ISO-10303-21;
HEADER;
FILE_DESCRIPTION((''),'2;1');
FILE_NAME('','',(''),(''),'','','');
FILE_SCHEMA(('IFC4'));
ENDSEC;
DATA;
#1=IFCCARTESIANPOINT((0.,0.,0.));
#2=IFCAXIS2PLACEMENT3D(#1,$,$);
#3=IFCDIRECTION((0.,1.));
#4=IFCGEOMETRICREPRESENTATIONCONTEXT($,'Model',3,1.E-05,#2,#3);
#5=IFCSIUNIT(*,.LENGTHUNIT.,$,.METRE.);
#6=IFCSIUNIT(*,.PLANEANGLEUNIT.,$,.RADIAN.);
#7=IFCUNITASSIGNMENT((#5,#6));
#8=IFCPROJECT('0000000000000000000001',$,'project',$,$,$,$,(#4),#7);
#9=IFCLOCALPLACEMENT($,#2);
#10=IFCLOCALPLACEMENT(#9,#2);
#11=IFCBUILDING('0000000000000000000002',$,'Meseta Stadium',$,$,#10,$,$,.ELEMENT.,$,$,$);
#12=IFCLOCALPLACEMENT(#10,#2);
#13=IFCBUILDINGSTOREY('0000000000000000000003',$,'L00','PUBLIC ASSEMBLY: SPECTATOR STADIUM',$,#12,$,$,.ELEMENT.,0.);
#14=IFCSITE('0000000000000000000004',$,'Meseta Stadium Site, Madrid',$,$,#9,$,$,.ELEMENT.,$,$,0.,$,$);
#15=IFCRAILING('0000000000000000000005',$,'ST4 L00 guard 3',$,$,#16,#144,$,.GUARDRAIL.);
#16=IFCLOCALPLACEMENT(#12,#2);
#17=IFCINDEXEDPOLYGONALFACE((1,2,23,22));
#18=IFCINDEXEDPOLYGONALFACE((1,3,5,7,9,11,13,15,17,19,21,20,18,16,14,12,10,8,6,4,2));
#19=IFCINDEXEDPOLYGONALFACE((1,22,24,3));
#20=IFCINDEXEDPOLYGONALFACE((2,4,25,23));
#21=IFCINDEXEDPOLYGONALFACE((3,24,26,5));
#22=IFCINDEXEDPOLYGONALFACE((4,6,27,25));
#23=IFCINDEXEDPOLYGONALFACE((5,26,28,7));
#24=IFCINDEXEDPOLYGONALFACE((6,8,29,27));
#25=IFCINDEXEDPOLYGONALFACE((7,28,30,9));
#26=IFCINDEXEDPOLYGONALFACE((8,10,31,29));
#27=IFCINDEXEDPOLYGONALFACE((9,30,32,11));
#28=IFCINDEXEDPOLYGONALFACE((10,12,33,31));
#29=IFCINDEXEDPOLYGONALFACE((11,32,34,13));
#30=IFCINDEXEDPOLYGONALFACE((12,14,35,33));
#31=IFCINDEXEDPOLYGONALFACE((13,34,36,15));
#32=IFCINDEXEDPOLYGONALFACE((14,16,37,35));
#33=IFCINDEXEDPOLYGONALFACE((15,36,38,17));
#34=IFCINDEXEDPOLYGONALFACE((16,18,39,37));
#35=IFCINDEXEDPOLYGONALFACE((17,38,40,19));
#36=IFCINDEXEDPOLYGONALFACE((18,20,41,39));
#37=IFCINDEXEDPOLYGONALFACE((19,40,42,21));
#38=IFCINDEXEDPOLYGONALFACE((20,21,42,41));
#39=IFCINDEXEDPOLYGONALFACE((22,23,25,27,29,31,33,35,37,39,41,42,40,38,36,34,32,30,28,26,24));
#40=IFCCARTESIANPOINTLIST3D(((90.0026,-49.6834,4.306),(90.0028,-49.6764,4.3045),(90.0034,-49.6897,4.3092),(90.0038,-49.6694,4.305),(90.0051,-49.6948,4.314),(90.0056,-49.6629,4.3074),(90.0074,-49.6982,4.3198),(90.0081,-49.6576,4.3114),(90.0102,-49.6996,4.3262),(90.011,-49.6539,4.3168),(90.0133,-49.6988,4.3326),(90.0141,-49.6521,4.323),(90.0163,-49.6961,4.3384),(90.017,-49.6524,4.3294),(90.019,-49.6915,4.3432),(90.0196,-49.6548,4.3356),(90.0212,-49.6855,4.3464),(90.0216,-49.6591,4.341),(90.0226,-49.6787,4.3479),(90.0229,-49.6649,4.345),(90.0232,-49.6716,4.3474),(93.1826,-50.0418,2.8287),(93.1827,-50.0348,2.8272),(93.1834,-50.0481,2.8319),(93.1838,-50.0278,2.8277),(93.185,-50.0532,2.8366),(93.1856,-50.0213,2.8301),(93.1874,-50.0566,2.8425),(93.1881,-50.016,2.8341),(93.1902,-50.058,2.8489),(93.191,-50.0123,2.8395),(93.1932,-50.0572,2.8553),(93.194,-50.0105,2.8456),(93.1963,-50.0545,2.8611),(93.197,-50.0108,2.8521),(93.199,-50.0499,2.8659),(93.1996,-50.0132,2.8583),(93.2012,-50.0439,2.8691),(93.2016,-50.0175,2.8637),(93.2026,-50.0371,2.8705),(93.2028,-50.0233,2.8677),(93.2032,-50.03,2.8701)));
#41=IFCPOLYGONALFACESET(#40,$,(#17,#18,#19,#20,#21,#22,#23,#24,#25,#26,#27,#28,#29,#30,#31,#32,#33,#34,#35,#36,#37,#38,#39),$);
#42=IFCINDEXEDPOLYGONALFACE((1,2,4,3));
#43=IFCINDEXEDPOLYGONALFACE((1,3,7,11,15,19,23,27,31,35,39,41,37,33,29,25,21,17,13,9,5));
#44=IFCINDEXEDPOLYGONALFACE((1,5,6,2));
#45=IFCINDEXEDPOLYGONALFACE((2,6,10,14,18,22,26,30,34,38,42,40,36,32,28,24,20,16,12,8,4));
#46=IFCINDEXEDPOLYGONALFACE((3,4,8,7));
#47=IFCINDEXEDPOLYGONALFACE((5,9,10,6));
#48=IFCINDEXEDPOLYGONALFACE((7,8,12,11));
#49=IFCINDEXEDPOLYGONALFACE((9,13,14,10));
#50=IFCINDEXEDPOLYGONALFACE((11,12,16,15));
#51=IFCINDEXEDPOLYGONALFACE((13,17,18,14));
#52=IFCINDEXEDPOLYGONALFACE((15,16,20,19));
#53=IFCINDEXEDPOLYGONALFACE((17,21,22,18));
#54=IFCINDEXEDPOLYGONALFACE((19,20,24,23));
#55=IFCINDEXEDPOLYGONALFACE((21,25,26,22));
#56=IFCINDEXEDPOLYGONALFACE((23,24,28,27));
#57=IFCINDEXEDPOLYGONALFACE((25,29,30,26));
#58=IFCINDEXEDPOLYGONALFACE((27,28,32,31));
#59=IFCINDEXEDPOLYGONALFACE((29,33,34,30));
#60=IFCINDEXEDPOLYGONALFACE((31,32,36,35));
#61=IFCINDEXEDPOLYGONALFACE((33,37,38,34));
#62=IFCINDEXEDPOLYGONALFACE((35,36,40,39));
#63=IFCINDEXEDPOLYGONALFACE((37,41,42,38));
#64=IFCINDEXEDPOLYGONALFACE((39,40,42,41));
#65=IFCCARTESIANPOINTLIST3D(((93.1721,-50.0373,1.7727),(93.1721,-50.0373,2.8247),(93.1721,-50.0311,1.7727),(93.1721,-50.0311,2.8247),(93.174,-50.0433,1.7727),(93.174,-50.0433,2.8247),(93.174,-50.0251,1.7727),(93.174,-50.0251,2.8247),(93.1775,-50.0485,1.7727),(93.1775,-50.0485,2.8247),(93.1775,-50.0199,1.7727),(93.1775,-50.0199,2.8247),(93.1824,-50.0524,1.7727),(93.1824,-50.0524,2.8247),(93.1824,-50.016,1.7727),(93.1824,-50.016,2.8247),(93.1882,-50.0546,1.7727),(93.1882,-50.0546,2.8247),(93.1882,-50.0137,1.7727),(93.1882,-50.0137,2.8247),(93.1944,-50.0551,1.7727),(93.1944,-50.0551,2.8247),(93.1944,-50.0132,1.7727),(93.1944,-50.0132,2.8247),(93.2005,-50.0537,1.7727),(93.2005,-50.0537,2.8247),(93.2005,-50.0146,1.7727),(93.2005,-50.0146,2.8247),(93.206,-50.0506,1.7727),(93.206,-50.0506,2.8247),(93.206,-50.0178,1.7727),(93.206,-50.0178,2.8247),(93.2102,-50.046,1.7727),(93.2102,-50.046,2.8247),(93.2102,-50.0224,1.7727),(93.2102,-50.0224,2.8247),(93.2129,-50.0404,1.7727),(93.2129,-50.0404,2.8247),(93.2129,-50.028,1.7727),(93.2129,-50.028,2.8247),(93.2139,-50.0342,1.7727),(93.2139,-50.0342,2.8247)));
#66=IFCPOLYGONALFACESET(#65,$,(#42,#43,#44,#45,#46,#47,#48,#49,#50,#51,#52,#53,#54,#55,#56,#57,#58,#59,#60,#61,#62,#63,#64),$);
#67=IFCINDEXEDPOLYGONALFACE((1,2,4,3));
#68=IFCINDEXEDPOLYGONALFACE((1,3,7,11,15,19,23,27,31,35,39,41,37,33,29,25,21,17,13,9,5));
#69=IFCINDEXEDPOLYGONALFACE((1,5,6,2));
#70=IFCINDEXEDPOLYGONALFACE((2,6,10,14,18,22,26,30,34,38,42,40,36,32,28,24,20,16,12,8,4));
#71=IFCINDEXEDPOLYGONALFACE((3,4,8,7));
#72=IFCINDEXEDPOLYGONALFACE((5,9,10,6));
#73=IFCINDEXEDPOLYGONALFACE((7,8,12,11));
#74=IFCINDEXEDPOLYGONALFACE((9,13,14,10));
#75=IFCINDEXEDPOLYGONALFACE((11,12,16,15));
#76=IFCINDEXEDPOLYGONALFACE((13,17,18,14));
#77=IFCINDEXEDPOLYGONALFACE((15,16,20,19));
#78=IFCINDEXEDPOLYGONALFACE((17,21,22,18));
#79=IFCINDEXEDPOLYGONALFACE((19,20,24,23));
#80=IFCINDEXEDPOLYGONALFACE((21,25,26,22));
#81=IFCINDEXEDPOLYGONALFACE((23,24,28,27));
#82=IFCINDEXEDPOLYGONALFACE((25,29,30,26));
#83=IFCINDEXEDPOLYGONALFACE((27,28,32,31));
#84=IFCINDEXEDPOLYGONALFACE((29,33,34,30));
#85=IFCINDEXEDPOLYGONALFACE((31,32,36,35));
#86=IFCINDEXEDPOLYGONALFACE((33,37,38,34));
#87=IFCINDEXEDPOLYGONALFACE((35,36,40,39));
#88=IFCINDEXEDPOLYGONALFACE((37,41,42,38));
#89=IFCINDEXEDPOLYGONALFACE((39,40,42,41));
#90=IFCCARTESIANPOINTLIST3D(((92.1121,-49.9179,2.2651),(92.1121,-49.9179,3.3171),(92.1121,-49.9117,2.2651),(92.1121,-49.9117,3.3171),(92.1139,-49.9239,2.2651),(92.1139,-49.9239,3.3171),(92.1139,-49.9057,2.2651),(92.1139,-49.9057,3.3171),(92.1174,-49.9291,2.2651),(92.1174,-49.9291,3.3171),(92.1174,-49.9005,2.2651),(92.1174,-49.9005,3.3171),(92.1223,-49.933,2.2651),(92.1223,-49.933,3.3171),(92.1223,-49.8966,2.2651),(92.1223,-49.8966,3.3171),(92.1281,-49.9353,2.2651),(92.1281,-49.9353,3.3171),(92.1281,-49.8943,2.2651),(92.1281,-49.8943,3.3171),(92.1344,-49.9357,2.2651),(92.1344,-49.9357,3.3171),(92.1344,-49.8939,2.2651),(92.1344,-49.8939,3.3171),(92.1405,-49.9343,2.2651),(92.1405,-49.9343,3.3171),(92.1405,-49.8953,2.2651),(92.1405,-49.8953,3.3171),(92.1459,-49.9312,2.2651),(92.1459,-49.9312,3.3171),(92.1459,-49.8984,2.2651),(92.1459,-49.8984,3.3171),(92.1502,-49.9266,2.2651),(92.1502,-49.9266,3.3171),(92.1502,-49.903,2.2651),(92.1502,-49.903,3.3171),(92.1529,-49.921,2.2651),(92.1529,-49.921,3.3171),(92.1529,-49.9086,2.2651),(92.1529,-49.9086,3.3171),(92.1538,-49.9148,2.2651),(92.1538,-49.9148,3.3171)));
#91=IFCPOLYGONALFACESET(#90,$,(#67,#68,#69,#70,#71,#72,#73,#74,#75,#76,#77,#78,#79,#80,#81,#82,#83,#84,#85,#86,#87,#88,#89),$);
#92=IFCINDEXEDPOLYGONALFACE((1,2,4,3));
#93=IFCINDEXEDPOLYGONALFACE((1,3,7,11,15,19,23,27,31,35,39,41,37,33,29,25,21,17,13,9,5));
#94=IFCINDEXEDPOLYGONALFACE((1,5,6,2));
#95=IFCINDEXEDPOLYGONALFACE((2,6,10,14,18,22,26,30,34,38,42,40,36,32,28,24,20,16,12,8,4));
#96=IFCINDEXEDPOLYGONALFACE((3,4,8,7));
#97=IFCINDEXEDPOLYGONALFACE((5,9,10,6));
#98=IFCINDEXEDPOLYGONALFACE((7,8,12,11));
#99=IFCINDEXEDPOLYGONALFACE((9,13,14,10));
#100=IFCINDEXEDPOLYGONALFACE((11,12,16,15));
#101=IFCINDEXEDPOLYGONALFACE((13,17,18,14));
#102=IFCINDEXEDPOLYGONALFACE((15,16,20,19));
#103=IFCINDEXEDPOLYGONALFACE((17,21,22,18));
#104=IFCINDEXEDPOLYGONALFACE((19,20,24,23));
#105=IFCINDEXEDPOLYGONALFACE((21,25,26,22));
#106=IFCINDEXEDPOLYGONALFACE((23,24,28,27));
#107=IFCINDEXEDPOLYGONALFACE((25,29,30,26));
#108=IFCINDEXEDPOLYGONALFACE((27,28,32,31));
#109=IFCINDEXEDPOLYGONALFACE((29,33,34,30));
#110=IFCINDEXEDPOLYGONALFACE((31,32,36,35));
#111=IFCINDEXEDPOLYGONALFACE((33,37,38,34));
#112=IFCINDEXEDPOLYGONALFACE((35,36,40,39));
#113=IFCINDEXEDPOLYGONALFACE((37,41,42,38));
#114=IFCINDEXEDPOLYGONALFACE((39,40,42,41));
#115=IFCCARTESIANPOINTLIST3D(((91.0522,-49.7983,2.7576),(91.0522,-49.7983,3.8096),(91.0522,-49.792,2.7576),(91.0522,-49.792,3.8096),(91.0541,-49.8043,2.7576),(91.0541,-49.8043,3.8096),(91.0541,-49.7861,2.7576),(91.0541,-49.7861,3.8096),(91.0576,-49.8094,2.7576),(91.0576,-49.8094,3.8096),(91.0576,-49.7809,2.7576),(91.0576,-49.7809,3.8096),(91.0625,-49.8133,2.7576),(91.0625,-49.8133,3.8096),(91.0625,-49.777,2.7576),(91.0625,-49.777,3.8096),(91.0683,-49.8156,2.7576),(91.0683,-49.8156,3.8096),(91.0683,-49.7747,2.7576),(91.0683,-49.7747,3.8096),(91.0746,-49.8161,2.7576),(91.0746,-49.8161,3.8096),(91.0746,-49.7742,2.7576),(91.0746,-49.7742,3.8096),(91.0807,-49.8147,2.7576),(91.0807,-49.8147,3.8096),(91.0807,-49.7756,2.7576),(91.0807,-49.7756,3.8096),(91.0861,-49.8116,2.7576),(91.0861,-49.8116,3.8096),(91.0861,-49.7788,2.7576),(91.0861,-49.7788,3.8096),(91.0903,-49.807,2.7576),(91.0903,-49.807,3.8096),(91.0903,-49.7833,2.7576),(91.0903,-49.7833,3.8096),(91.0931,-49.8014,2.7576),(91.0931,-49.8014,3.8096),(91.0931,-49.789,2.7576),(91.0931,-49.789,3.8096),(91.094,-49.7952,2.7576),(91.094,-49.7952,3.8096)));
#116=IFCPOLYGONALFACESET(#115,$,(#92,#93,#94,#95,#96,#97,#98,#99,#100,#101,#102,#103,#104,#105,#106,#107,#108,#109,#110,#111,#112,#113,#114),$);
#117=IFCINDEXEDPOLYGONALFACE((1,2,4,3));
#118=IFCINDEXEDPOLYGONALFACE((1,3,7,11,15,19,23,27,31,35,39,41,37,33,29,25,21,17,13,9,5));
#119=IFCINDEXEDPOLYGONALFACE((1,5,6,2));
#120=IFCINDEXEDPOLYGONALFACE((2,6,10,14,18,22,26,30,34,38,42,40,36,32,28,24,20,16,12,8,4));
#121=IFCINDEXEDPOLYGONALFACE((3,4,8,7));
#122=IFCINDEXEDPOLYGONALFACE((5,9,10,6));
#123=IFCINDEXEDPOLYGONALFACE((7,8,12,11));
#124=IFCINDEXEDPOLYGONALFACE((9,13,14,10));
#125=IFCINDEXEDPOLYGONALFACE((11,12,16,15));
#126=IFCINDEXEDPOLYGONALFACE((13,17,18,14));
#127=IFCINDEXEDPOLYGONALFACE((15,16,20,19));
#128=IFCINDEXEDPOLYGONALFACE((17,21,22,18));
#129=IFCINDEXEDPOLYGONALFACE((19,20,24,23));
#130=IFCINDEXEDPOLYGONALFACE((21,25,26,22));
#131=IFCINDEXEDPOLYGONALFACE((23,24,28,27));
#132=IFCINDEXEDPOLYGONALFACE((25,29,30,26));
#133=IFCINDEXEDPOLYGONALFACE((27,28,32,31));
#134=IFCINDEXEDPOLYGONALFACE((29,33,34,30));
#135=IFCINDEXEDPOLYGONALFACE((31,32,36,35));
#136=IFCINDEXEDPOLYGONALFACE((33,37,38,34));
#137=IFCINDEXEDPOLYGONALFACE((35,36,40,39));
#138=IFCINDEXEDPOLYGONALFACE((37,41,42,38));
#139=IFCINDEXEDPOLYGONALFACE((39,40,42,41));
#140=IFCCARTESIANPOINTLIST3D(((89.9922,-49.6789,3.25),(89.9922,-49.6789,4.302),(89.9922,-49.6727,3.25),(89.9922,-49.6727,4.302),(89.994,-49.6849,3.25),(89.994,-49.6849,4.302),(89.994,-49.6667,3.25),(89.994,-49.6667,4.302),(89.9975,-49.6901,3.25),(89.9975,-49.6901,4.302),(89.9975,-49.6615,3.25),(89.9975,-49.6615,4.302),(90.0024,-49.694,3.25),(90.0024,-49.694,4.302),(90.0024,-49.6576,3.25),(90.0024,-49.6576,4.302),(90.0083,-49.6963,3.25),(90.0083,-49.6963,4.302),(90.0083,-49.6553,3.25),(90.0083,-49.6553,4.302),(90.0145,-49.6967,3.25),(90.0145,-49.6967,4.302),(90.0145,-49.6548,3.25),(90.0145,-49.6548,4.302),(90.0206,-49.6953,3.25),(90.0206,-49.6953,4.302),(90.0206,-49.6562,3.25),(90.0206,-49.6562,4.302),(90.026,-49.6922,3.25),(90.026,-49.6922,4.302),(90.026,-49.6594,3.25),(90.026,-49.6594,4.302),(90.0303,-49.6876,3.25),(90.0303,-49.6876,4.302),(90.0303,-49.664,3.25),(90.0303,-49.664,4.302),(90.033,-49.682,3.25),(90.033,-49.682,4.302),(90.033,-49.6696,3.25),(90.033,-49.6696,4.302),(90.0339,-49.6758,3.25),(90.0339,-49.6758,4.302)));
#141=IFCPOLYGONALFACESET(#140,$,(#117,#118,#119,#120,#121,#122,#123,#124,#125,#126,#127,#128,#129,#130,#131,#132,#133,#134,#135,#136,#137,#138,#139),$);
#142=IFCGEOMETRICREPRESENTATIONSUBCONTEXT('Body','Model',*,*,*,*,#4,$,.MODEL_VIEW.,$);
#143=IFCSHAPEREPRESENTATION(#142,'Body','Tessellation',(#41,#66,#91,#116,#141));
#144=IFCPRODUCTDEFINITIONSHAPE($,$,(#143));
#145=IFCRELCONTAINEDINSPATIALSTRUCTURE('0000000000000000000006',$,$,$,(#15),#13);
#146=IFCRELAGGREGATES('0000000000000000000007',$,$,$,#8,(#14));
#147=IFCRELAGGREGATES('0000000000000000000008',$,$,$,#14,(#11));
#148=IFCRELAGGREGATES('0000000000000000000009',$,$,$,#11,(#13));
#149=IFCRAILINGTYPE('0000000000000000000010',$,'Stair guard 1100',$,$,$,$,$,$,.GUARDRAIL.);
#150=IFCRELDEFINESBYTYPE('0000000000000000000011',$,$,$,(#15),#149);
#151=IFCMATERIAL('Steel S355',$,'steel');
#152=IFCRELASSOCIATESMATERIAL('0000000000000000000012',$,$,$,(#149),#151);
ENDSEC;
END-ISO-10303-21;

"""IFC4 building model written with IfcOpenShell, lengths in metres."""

from ifc_helpers import new_model, si_unit, direction, frame, origin, origin_2d, place, context, subcontext, project, spatial, circle, extrude, material, type_object, element, save


model = new_model("IFC4")

# Units and contexts
model_context = context("Model", 3, precision=1e-05, world=origin(), true_north=direction((0.0, 1.0)))
body_context = subcontext(model_context, "Body", "Model", "MODEL_VIEW")
ifc_project = project(units=[si_unit("LENGTHUNIT", "METRE"), si_unit("PLANEANGLEUNIT", "RADIAN")], contexts=[model_context])

# Site, building, storey
site_placement = place(None, origin())
site = spatial("IfcSite", under=ifc_project, at=site_placement, Name="Meseta Stadium Site, Madrid", CompositionType="ELEMENT", RefElevation=0.0)
building_placement = place(site_placement, origin())
building = spatial("IfcBuilding", under=site, at=building_placement, Name="Meseta Stadium", CompositionType="ELEMENT")
storey_placement = place(building_placement, origin())
storey = spatial("IfcBuildingStorey", under=building, at=storey_placement, Name="L00", Description="PUBLIC ASSEMBLY: SPECTATOR STADIUM", CompositionType="ELEMENT", Elevation=0.0)

# Railing
ifc_material_1 = material(Name="Steel S355", Category="steel")
railing_type_1 = type_object("IfcRailingType", Name="Stair guard 1100", PredefinedType="GUARDRAIL", material=ifc_material_1)
railing_1_placement = place(storey_placement, frame((93.1929, -50.0342, 1.7727)))
element("IfcRailing", 1, at=railing_1_placement, inside=storey, type_object=railing_type_1, Name="ST4 L00 guard 3", PredefinedType="GUARDRAIL", context=body_context, shape_type="SweptSolid", body=[
    extrude(circle(Radius=0.0239, at=origin_2d()), frame((0.0, 0.0, 1.0762), z_axis=(-0.90221, 0.101685, 0.419138), x_axis=(-0.111997, -0.993709, 0.0)), (0.0, 0.0, 1.0), 3.5247),
    extrude(circle(Radius=0.021, at=origin_2d()), origin(), (0.0, 0.0, 1.0), 1.052),
    extrude(circle(Radius=0.021, at=origin_2d()), frame((-1.0601, 0.1194, 0.4924)), (0.0, 0.0, 1.0), 1.052),
    extrude(circle(Radius=0.021, at=origin_2d()), frame((-2.1199, 0.239, 0.9849)), (0.0, 0.0, 1.0), 1.052),
    extrude(circle(Radius=0.021, at=origin_2d()), frame((-3.1799, 0.3584, 1.4773)), (0.0, 0.0, 1.0), 1.052),
])

save(model, "model.ifc")
